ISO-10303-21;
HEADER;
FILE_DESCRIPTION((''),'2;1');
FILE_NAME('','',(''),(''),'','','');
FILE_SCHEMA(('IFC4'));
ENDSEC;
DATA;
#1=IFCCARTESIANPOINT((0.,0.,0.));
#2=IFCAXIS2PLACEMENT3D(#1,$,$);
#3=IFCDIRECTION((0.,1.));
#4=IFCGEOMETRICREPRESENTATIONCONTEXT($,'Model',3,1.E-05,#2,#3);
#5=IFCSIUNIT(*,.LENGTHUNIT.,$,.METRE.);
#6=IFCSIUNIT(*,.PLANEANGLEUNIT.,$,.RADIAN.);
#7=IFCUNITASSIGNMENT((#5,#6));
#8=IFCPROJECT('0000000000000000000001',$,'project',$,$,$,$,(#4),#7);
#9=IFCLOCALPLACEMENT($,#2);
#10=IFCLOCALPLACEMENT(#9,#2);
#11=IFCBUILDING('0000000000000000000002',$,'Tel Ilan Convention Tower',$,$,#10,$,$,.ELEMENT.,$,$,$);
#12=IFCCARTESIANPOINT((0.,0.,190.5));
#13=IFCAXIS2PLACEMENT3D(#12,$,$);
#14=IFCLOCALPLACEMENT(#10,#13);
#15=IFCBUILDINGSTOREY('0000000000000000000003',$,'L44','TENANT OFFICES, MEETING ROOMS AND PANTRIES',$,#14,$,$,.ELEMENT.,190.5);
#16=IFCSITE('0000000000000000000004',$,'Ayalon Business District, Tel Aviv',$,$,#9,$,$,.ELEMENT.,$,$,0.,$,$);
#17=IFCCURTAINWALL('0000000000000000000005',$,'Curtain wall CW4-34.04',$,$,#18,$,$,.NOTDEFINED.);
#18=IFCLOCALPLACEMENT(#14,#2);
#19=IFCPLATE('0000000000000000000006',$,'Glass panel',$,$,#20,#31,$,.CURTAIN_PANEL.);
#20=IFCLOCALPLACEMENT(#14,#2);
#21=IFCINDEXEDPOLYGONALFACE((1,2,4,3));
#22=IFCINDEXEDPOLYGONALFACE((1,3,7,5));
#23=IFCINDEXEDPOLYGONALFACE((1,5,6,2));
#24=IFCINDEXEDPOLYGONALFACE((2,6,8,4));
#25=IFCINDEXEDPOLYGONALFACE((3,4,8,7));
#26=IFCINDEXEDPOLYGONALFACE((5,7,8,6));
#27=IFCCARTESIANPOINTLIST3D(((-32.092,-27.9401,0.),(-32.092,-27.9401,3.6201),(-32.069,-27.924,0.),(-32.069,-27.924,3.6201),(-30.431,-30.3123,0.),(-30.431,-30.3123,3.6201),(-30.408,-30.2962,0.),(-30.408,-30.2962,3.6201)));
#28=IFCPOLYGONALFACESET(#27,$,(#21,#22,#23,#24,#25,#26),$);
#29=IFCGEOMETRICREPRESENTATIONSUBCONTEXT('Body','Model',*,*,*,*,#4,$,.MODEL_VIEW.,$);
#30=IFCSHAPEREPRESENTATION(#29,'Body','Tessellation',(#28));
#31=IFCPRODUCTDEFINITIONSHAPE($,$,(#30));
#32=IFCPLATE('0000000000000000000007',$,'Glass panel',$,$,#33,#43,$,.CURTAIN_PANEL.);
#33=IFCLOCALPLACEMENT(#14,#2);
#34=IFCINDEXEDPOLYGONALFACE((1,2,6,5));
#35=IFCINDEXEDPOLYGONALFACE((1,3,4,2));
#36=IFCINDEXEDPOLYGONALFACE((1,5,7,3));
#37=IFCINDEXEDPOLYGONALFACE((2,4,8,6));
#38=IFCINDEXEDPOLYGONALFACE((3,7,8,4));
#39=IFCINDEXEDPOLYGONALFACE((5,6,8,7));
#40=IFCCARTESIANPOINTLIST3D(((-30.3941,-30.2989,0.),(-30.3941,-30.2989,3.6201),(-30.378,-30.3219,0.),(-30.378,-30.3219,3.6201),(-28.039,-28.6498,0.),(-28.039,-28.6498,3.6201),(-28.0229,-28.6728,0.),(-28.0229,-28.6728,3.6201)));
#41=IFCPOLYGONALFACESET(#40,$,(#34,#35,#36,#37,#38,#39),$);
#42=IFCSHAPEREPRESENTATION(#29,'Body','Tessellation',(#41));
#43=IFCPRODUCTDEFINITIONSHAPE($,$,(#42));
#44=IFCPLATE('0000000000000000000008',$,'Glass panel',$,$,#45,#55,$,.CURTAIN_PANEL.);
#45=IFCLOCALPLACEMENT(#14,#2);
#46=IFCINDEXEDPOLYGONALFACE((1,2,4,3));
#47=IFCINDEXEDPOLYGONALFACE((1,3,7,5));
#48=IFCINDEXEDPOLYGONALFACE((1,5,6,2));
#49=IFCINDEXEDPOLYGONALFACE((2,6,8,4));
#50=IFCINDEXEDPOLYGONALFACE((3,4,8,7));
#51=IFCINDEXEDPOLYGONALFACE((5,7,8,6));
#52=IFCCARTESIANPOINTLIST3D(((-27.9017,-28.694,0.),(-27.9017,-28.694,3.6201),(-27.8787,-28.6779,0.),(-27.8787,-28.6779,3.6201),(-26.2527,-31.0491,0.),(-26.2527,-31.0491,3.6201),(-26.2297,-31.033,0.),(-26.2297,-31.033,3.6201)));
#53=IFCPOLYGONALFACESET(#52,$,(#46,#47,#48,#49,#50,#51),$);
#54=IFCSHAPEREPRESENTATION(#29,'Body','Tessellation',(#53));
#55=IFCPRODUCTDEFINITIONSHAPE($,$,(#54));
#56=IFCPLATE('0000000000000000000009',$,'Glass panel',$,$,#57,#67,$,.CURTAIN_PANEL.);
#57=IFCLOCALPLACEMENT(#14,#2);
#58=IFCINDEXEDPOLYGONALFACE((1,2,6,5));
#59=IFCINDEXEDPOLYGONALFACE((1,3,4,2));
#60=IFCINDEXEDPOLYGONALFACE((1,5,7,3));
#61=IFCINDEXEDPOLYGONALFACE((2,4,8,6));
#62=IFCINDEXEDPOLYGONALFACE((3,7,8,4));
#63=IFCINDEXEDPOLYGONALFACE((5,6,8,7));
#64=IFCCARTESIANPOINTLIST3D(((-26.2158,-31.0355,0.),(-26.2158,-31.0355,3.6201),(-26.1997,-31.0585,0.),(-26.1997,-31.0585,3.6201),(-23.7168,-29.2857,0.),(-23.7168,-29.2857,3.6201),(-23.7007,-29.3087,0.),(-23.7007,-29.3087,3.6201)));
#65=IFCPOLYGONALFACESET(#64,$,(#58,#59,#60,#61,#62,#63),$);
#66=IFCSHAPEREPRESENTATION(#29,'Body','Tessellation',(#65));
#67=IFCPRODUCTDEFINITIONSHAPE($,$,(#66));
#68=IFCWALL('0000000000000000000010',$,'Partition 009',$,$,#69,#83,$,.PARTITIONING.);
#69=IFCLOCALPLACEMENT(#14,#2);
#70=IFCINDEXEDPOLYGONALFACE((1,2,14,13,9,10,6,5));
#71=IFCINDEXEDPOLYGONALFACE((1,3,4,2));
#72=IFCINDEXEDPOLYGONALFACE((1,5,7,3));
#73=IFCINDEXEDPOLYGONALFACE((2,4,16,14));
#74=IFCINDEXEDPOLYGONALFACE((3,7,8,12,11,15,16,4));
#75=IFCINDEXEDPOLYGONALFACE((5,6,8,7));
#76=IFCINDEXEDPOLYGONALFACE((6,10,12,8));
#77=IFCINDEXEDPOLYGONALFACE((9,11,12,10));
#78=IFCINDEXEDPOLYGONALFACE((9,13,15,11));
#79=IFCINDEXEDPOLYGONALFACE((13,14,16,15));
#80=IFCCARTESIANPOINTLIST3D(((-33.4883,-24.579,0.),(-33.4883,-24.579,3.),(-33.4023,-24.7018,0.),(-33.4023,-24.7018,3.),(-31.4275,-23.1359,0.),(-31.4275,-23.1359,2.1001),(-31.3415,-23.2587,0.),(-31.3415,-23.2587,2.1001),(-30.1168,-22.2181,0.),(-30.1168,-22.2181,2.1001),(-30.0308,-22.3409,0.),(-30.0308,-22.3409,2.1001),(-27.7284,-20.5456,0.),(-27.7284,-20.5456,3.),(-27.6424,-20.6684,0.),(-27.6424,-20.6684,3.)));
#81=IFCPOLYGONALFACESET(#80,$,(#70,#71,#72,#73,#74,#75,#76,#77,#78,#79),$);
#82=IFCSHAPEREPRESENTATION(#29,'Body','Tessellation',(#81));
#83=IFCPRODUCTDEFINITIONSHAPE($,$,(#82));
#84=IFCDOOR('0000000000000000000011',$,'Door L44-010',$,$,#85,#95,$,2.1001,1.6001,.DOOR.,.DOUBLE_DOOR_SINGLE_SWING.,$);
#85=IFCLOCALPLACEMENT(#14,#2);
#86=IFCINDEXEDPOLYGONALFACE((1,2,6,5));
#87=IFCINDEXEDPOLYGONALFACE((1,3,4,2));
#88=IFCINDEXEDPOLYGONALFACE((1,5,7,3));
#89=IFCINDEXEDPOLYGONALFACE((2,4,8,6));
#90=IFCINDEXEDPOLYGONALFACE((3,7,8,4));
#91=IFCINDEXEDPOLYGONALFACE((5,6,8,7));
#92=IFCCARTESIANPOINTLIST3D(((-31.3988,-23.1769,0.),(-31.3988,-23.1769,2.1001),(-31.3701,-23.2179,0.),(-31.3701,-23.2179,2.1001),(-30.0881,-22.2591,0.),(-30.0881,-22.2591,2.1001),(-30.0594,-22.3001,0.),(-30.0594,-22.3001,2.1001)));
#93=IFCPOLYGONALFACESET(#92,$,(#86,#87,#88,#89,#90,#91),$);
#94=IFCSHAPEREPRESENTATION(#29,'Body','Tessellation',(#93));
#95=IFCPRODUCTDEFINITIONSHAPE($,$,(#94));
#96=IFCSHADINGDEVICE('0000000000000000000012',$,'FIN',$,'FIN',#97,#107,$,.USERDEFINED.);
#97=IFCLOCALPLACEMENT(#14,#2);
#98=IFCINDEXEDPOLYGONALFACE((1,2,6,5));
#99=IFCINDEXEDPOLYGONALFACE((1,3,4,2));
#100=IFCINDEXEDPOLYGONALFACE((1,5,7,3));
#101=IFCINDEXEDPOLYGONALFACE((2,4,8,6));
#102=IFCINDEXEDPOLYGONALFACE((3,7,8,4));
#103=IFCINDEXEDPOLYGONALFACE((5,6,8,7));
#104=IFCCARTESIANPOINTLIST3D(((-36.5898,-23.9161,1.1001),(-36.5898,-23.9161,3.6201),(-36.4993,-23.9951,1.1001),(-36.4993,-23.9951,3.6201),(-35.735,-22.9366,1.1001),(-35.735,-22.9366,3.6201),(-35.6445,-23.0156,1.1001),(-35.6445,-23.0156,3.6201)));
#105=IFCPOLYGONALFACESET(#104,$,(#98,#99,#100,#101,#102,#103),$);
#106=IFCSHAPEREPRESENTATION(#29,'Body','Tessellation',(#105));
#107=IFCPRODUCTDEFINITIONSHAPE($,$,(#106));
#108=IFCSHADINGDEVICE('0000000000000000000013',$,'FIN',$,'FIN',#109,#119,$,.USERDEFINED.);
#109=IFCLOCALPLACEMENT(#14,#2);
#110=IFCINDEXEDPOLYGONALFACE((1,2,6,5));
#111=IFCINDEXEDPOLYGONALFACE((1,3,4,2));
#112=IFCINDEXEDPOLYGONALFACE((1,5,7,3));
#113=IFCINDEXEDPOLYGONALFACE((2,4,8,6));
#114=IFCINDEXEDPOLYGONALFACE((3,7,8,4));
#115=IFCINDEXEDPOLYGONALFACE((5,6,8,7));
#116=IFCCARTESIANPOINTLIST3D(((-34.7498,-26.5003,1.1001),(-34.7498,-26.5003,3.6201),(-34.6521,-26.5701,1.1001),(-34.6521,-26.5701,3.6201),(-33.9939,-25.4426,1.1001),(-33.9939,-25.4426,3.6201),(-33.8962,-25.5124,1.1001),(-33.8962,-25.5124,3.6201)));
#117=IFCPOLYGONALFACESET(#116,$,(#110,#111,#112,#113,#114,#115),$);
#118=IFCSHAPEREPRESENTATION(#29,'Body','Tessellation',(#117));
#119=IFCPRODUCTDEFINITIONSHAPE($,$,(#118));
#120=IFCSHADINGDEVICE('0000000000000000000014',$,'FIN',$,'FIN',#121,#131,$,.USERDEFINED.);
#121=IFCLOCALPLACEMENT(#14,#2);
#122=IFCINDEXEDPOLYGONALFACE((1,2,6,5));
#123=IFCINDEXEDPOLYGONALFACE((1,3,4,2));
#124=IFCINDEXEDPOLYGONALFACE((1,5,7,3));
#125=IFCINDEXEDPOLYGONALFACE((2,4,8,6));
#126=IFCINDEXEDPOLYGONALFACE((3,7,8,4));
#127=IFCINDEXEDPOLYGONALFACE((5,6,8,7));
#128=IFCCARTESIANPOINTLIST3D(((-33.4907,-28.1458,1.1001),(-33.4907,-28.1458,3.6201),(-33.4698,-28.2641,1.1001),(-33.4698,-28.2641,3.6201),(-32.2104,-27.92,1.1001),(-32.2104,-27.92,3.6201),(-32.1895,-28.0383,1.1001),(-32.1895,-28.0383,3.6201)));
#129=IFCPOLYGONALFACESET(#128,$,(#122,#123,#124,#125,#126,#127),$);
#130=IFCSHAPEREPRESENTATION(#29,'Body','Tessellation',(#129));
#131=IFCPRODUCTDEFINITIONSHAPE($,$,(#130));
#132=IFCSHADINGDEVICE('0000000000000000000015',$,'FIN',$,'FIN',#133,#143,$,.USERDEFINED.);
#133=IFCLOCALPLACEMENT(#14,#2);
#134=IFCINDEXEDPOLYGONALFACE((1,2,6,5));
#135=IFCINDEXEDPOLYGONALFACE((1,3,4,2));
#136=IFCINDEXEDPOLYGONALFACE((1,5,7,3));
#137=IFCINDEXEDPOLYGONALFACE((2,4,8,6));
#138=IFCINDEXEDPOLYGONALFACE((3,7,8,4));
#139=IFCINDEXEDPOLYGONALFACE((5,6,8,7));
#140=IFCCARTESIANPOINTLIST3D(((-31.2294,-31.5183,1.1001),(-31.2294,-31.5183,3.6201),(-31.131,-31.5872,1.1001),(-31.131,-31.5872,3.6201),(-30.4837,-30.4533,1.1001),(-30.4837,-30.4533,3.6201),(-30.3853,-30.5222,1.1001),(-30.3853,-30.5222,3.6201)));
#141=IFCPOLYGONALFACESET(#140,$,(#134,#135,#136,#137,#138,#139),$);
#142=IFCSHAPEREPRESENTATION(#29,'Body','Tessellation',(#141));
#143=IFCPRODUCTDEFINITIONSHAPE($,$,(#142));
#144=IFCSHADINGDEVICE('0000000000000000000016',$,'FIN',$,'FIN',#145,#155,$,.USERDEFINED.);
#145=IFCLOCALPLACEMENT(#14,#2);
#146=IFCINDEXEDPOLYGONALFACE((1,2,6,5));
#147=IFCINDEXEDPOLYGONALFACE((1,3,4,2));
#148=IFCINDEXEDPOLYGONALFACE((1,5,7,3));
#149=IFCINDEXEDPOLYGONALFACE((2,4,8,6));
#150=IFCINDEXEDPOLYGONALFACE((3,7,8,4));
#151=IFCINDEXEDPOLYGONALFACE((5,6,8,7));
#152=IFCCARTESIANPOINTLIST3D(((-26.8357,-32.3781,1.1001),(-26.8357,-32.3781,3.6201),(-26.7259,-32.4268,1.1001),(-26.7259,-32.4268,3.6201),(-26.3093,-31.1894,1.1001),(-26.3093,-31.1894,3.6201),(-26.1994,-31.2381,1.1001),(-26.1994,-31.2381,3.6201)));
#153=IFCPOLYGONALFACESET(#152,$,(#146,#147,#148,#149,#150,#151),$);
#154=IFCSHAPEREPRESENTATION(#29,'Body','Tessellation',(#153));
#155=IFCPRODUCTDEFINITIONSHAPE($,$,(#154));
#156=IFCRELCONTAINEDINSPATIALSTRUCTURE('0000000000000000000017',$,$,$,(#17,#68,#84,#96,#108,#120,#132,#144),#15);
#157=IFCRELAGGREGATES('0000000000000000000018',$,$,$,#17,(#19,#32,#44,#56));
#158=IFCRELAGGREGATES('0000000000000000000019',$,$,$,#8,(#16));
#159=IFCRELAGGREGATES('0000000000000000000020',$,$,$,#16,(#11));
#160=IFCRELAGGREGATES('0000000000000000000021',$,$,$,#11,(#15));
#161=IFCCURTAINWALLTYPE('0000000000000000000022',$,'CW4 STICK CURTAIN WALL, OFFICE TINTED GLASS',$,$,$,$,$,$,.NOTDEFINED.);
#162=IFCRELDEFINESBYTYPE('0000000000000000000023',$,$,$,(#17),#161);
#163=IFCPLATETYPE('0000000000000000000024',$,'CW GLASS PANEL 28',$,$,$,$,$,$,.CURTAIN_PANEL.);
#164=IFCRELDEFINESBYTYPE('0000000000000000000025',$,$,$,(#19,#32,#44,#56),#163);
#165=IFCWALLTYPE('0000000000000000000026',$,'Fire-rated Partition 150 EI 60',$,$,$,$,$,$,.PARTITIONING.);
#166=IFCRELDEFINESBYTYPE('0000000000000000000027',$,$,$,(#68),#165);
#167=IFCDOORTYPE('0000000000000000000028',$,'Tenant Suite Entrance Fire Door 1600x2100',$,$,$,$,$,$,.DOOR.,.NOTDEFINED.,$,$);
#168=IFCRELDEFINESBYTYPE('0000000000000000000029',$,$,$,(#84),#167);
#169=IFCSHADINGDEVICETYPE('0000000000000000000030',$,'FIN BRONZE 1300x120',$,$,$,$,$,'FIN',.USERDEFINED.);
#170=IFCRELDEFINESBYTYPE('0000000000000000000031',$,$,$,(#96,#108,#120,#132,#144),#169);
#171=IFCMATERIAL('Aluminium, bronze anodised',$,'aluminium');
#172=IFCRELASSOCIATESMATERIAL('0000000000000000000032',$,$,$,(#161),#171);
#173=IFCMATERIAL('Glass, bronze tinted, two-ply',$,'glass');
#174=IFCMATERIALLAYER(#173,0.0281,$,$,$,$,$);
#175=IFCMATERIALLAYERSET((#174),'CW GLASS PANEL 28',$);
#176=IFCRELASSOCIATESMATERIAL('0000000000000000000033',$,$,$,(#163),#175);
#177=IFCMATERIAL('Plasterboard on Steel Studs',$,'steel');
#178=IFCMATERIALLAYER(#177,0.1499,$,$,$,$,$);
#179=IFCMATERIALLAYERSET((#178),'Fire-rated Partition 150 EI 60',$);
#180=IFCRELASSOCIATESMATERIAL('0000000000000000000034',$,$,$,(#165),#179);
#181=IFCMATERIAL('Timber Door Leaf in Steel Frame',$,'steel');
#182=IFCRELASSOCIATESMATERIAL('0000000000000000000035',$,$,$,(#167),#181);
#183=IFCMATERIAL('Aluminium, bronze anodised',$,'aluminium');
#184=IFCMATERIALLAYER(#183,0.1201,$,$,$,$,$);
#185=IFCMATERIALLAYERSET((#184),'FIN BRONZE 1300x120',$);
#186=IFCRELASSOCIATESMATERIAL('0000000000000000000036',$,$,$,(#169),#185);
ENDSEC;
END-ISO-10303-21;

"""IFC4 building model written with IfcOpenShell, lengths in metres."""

from ifc_helpers import new_model, si_unit, direction, frame, frame_2d, origin, origin_2d, place, context, subcontext, project, spatial, rectangle, extrude, material, layer, layer_set, type_object, element, fill, aggregate, save


model = new_model("IFC4")

# Units and contexts
model_context = context("Model", 3, precision=1e-05, world=origin(), true_north=direction((0.0, 1.0)))
body_context = subcontext(model_context, "Body", "Model", "MODEL_VIEW")
ifc_project = project(units=[si_unit("LENGTHUNIT", "METRE"), si_unit("PLANEANGLEUNIT", "RADIAN")], contexts=[model_context])

# Site, building, storey
site_placement = place(None, origin())
site = spatial("IfcSite", under=ifc_project, at=site_placement, Name="Ayalon Business District, Tel Aviv", CompositionType="ELEMENT", RefElevation=0.0)
building_placement = place(site_placement, origin())
building = spatial("IfcBuilding", under=site, at=building_placement, Name="Tel Ilan Convention Tower", CompositionType="ELEMENT")
storey_placement = place(building_placement, frame((0.0, 0.0, 190.5)))
storey = spatial("IfcBuildingStorey", under=building, at=storey_placement, Name="L44", Description="TENANT OFFICES, MEETING ROOMS AND PANTRIES", CompositionType="ELEMENT", Elevation=190.5)

# Curtain wall, plates
ifc_material_1 = material(Name="Aluminium, bronze anodised", Category="aluminium")
curtain_wall_type = type_object("IfcCurtainWallType", Name="CW4 STICK CURTAIN WALL, OFFICE TINTED GLASS", PredefinedType="NOTDEFINED", material=ifc_material_1)
curtain_wall_placement = place(storey_placement, origin())
curtain_wall = element("IfcCurtainWall", 1, at=curtain_wall_placement, inside=storey, type_object=curtain_wall_type, Name="Curtain wall CW4-34.04", PredefinedType="NOTDEFINED")
ifc_material_2 = material(Name="Glass, bronze tinted, two-ply", Category="glass")
ifc_layer_1 = layer(ifc_material_2, 0.0281)
ifc_layer_set_1 = layer_set([ifc_layer_1], Name="CW GLASS PANEL 28")
plate_type = type_object("IfcPlateType", Name="CW GLASS PANEL 28", PredefinedType="CURTAIN_PANEL", material=ifc_layer_set_1)
plate_1_placement = place(storey_placement, frame((-31.25, -29.1182, 0.0), z_axis=(0.0, 0.0, 1.0), x_axis=(0.573576, -0.819152, 0.0)))
plate_1 = element("IfcPlate", 2, at=plate_1_placement, type_object=plate_type, Name="Glass panel", PredefinedType="CURTAIN_PANEL", context=body_context, shape_type="SweptSolid", body=[
    extrude(rectangle(XDim=2.896, YDim=0.0281, at=origin_2d()), origin(), (0.0, 0.0, 1.0), 3.6201),
])
plate_2_placement = place(storey_placement, frame((-29.2085, -29.4858, 0.0), z_axis=(0.0, 0.0, 1.0), x_axis=(0.819152, 0.573576, 0.0)))
plate_2 = element("IfcPlate", 3, at=plate_2_placement, type_object=plate_type, Name="Glass panel", PredefinedType="CURTAIN_PANEL", context=body_context, shape_type="SweptSolid", body=[
    extrude(rectangle(XDim=2.875, YDim=0.0281, at=origin_2d()), origin(), (0.0, 0.0, 1.0), 3.6201),
])
plate_3_placement = place(storey_placement, frame((-27.0657, -29.8635, 0.0), z_axis=(0.0, 0.0, 1.0), x_axis=(0.573576, -0.819152, 0.0)))
plate_3 = element("IfcPlate", 4, at=plate_3_placement, type_object=plate_type, Name="Glass panel", PredefinedType="CURTAIN_PANEL", context=body_context, shape_type="SweptSolid", body=[
    extrude(rectangle(XDim=2.875, YDim=0.0281, at=origin_2d()), origin(), (0.0, 0.0, 1.0), 3.6201),
])
plate_4_placement = place(storey_placement, frame((-24.9583, -30.1721, 0.0), z_axis=(0.0, 0.0, 1.0), x_axis=(0.819152, 0.573576, 0.0)))
plate_4 = element("IfcPlate", 5, at=plate_4_placement, type_object=plate_type, Name="Glass panel", PredefinedType="CURTAIN_PANEL", context=body_context, shape_type="SweptSolid", body=[
    extrude(rectangle(XDim=3.0508, YDim=0.0281, at=origin_2d()), origin(), (0.0, 0.0, 1.0), 3.6201),
])
aggregate(curtain_wall, [plate_1, plate_2, plate_3, plate_4])

# Wall, opening, door
ifc_material_3 = material(Name="Plasterboard on Steel Studs", Category="steel")
ifc_layer_2 = layer(ifc_material_3, 0.1499)
ifc_layer_set_2 = layer_set([ifc_layer_2], Name="Fire-rated Partition 150 EI 60")
wall_type = type_object("IfcWallType", Name="Fire-rated Partition 150 EI 60", PredefinedType="PARTITIONING", material=ifc_layer_set_2)
wall_placement = place(storey_placement, frame((-33.4453, -24.6404, 0.0), z_axis=(0.0, 0.0, 1.0), x_axis=(0.819136, 0.5736, 0.0)))
wall = element("IfcWall", 6, at=wall_placement, inside=storey, type_object=wall_type, Name="Partition 009", PredefinedType="PARTITIONING", context=body_context, shape_type="SweptSolid", body=[
    extrude(rectangle(XDim=7.0317, YDim=0.1499, at=frame_2d((3.5159, 0.0))), origin(), (0.0, 0.0, 1.0), 3.0),
])
opening_placement = place(wall_placement, frame((2.5159, 0.0, 0.0)))
opening = element("IfcOpeningElement", 7, at=opening_placement, cuts=wall, PredefinedType="OPENING", context=body_context, shape_type="SweptSolid", body=[
    extrude(rectangle(XDim=1.6001, YDim=2.1001, at=frame_2d((0.8, 1.05))), frame((0.0, 0.085, 0.0), z_axis=(0.0, -1.0, 0.0), x_axis=(1.0, 0.0, 0.0)), (0.0, 0.0, 1.0), 0.1699),
])
ifc_material_4 = material(Name="Timber Door Leaf in Steel Frame", Category="steel")
door_type = type_object("IfcDoorType", Name="Tenant Suite Entrance Fire Door 1600x2100", OperationType="NOTDEFINED", PredefinedType="DOOR", material=ifc_material_4)
door_placement = place(opening_placement, origin())
door = element("IfcDoor", 8, at=door_placement, inside=storey, type_object=door_type, Name="Door L44-010", OperationType="DOUBLE_DOOR_SINGLE_SWING", OverallHeight=2.1001, OverallWidth=1.6001, PredefinedType="DOOR", context=body_context, shape_type="SweptSolid", body=[
    extrude(rectangle(XDim=1.6001, YDim=2.1001, at=frame_2d((0.8, 1.05))), frame((0.0, 0.0249, 0.0), z_axis=(0.0, -1.0, 0.0), x_axis=(1.0, 0.0, 0.0)), (0.0, 0.0, 1.0), 0.05),
])
fill(opening, door)

# Shading devices
ifc_material_5 = material(Name="Aluminium, bronze anodised", Category="aluminium")
ifc_layer_3 = layer(ifc_material_5, 0.1201)
ifc_layer_set_3 = layer_set([ifc_layer_3], Name="FIN BRONZE 1300x120")
shading_device_type = type_object("IfcShadingDeviceType", Name="FIN BRONZE 1300x120", ElementType="FIN", PredefinedType="USERDEFINED", material=ifc_layer_set_3)
for number, where, z_axis, x_axis, name in (
    (9, (-36.1172, -23.4658, 1.1001), (0.0, 0.0, 1.0), (-0.657521, -0.753436, 0.0), "FIN"),
    (10, (-34.323, -26.0063, 1.1001), (0.0, 0.0, 1.0), (-0.581492, -0.813552, 0.0), "FIN"),
    (11, (-32.8401, -28.092, 1.1001), (0.0, 0.0, 1.0), (-0.984808, -0.173648, 0.0), "FIN"),
    (12, (-30.8074, -31.0203, 1.1001), (0.0, 0.0, 1.0), (-0.573576, -0.819152, 0.0), "FIN"),
    (13, (-26.5176, -31.8081, 1.1001), (0.0, 0.0, 1.0), (-0.404964, -0.914333, 0.0), "FIN"),
):
    element("IfcShadingDevice", number, at=place(storey_placement, frame(where, z_axis=z_axis, x_axis=x_axis)), inside=storey, type_object=shading_device_type, Name=name, ObjectType="FIN", PredefinedType="USERDEFINED", context=body_context, shape_type="SweptSolid", body=[
        extrude(rectangle(XDim=1.3, YDim=0.1201, at=origin_2d()), origin(), (0.0, 0.0, 1.0), 2.52),
    ])

save(model, "model.ifc")
